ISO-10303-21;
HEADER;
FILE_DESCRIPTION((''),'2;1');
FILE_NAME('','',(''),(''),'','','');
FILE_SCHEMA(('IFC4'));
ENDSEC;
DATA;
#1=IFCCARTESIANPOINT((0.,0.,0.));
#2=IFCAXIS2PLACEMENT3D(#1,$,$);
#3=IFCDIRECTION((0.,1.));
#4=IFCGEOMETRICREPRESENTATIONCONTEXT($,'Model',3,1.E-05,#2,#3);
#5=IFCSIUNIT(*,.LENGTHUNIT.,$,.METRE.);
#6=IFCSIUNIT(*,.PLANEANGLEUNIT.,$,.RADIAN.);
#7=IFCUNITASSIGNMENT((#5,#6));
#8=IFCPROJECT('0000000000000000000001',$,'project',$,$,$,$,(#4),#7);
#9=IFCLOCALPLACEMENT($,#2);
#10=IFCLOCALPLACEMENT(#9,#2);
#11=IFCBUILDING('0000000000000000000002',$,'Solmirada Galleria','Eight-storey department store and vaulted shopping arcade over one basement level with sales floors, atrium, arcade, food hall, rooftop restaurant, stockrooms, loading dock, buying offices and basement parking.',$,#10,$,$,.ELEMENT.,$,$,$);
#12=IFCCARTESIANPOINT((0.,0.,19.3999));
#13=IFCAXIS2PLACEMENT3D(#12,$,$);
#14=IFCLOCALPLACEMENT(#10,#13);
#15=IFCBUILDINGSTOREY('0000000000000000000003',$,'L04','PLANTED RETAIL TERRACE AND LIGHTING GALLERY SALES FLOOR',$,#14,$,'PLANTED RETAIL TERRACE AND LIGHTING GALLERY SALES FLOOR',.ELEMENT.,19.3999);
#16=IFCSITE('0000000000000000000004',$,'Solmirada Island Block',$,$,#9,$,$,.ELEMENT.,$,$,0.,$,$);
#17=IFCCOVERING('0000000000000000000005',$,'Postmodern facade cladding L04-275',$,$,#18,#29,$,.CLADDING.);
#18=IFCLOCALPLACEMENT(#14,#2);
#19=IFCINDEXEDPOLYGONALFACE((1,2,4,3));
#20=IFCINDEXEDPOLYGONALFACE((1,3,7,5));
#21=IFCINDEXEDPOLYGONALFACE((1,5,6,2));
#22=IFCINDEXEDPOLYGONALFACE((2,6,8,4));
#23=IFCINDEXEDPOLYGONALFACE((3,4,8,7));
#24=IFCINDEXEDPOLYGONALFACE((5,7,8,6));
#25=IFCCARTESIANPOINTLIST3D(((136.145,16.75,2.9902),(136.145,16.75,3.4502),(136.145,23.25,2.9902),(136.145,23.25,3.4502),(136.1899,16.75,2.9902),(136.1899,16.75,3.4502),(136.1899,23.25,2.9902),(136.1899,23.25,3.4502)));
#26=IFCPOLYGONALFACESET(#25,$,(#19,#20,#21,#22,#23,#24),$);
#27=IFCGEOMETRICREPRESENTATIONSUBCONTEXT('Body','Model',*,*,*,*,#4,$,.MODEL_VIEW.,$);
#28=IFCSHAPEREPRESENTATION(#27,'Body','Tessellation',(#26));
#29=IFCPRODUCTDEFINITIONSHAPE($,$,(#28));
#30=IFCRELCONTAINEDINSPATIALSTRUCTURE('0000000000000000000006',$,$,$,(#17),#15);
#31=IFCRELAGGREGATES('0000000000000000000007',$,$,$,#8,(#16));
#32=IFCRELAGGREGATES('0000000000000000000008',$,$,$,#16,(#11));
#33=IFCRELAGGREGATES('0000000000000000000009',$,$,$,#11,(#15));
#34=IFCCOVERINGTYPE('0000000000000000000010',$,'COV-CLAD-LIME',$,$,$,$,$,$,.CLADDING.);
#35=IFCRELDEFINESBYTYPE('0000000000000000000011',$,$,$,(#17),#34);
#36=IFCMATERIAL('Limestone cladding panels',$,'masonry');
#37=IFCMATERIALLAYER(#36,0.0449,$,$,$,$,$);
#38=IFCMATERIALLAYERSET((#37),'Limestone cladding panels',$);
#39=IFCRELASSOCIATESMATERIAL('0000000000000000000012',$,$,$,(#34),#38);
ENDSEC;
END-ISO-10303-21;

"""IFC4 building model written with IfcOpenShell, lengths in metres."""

from ifc_helpers import new_model, si_unit, direction, frame, origin, origin_2d, place, context, subcontext, project, spatial, rectangle, extrude, material, layer, layer_set, type_object, element, save


model = new_model("IFC4")

# Units and contexts
model_context = context("Model", 3, precision=1e-05, world=origin(), true_north=direction((0.0, 1.0)))
body_context = subcontext(model_context, "Body", "Model", "MODEL_VIEW")
ifc_project = project(units=[si_unit("LENGTHUNIT", "METRE"), si_unit("PLANEANGLEUNIT", "RADIAN")], contexts=[model_context])

# Site, building, storey
site_placement = place(None, origin())
site = spatial("IfcSite", under=ifc_project, at=site_placement, Name="Solmirada Island Block", CompositionType="ELEMENT", RefElevation=0.0)
building_placement = place(site_placement, origin())
building = spatial("IfcBuilding", under=site, at=building_placement, Name="Solmirada Galleria", Description="Eight-storey department store and vaulted shopping arcade over one basement level with sales floors, atrium, arcade, food hall, rooftop restaurant, stockrooms, loading dock, buying offices and basement parking.", CompositionType="ELEMENT")
storey_placement = place(building_placement, frame((0.0, 0.0, 19.3999)))
storey = spatial("IfcBuildingStorey", under=building, at=storey_placement, Name="L04", Description="PLANTED RETAIL TERRACE AND LIGHTING GALLERY SALES FLOOR", LongName="PLANTED RETAIL TERRACE AND LIGHTING GALLERY SALES FLOOR", CompositionType="ELEMENT", Elevation=19.3999)

# Covering
ifc_material_1 = material(Name="Limestone cladding panels", Category="masonry")
ifc_layer_1 = layer(ifc_material_1, 0.0449)
ifc_layer_set_1 = layer_set([ifc_layer_1], Name="Limestone cladding panels")
covering_type = type_object("IfcCoveringType", Name="COV-CLAD-LIME", PredefinedType="CLADDING", material=ifc_layer_set_1)
covering_placement = place(storey_placement, frame((136.1675, 20.0, 2.9902), z_axis=(0.0, 0.0, 1.0), x_axis=(0.0, -1.0, 0.0)))
element("IfcCovering", 1, at=covering_placement, inside=storey, type_object=covering_type, Name="Postmodern facade cladding L04-275", PredefinedType="CLADDING", context=body_context, shape_type="SweptSolid", body=[
    extrude(rectangle(XDim=6.5, YDim=0.0449, at=origin_2d()), origin(), (0.0, 0.0, 1.0), 0.46),
])

save(model, "model.ifc")
